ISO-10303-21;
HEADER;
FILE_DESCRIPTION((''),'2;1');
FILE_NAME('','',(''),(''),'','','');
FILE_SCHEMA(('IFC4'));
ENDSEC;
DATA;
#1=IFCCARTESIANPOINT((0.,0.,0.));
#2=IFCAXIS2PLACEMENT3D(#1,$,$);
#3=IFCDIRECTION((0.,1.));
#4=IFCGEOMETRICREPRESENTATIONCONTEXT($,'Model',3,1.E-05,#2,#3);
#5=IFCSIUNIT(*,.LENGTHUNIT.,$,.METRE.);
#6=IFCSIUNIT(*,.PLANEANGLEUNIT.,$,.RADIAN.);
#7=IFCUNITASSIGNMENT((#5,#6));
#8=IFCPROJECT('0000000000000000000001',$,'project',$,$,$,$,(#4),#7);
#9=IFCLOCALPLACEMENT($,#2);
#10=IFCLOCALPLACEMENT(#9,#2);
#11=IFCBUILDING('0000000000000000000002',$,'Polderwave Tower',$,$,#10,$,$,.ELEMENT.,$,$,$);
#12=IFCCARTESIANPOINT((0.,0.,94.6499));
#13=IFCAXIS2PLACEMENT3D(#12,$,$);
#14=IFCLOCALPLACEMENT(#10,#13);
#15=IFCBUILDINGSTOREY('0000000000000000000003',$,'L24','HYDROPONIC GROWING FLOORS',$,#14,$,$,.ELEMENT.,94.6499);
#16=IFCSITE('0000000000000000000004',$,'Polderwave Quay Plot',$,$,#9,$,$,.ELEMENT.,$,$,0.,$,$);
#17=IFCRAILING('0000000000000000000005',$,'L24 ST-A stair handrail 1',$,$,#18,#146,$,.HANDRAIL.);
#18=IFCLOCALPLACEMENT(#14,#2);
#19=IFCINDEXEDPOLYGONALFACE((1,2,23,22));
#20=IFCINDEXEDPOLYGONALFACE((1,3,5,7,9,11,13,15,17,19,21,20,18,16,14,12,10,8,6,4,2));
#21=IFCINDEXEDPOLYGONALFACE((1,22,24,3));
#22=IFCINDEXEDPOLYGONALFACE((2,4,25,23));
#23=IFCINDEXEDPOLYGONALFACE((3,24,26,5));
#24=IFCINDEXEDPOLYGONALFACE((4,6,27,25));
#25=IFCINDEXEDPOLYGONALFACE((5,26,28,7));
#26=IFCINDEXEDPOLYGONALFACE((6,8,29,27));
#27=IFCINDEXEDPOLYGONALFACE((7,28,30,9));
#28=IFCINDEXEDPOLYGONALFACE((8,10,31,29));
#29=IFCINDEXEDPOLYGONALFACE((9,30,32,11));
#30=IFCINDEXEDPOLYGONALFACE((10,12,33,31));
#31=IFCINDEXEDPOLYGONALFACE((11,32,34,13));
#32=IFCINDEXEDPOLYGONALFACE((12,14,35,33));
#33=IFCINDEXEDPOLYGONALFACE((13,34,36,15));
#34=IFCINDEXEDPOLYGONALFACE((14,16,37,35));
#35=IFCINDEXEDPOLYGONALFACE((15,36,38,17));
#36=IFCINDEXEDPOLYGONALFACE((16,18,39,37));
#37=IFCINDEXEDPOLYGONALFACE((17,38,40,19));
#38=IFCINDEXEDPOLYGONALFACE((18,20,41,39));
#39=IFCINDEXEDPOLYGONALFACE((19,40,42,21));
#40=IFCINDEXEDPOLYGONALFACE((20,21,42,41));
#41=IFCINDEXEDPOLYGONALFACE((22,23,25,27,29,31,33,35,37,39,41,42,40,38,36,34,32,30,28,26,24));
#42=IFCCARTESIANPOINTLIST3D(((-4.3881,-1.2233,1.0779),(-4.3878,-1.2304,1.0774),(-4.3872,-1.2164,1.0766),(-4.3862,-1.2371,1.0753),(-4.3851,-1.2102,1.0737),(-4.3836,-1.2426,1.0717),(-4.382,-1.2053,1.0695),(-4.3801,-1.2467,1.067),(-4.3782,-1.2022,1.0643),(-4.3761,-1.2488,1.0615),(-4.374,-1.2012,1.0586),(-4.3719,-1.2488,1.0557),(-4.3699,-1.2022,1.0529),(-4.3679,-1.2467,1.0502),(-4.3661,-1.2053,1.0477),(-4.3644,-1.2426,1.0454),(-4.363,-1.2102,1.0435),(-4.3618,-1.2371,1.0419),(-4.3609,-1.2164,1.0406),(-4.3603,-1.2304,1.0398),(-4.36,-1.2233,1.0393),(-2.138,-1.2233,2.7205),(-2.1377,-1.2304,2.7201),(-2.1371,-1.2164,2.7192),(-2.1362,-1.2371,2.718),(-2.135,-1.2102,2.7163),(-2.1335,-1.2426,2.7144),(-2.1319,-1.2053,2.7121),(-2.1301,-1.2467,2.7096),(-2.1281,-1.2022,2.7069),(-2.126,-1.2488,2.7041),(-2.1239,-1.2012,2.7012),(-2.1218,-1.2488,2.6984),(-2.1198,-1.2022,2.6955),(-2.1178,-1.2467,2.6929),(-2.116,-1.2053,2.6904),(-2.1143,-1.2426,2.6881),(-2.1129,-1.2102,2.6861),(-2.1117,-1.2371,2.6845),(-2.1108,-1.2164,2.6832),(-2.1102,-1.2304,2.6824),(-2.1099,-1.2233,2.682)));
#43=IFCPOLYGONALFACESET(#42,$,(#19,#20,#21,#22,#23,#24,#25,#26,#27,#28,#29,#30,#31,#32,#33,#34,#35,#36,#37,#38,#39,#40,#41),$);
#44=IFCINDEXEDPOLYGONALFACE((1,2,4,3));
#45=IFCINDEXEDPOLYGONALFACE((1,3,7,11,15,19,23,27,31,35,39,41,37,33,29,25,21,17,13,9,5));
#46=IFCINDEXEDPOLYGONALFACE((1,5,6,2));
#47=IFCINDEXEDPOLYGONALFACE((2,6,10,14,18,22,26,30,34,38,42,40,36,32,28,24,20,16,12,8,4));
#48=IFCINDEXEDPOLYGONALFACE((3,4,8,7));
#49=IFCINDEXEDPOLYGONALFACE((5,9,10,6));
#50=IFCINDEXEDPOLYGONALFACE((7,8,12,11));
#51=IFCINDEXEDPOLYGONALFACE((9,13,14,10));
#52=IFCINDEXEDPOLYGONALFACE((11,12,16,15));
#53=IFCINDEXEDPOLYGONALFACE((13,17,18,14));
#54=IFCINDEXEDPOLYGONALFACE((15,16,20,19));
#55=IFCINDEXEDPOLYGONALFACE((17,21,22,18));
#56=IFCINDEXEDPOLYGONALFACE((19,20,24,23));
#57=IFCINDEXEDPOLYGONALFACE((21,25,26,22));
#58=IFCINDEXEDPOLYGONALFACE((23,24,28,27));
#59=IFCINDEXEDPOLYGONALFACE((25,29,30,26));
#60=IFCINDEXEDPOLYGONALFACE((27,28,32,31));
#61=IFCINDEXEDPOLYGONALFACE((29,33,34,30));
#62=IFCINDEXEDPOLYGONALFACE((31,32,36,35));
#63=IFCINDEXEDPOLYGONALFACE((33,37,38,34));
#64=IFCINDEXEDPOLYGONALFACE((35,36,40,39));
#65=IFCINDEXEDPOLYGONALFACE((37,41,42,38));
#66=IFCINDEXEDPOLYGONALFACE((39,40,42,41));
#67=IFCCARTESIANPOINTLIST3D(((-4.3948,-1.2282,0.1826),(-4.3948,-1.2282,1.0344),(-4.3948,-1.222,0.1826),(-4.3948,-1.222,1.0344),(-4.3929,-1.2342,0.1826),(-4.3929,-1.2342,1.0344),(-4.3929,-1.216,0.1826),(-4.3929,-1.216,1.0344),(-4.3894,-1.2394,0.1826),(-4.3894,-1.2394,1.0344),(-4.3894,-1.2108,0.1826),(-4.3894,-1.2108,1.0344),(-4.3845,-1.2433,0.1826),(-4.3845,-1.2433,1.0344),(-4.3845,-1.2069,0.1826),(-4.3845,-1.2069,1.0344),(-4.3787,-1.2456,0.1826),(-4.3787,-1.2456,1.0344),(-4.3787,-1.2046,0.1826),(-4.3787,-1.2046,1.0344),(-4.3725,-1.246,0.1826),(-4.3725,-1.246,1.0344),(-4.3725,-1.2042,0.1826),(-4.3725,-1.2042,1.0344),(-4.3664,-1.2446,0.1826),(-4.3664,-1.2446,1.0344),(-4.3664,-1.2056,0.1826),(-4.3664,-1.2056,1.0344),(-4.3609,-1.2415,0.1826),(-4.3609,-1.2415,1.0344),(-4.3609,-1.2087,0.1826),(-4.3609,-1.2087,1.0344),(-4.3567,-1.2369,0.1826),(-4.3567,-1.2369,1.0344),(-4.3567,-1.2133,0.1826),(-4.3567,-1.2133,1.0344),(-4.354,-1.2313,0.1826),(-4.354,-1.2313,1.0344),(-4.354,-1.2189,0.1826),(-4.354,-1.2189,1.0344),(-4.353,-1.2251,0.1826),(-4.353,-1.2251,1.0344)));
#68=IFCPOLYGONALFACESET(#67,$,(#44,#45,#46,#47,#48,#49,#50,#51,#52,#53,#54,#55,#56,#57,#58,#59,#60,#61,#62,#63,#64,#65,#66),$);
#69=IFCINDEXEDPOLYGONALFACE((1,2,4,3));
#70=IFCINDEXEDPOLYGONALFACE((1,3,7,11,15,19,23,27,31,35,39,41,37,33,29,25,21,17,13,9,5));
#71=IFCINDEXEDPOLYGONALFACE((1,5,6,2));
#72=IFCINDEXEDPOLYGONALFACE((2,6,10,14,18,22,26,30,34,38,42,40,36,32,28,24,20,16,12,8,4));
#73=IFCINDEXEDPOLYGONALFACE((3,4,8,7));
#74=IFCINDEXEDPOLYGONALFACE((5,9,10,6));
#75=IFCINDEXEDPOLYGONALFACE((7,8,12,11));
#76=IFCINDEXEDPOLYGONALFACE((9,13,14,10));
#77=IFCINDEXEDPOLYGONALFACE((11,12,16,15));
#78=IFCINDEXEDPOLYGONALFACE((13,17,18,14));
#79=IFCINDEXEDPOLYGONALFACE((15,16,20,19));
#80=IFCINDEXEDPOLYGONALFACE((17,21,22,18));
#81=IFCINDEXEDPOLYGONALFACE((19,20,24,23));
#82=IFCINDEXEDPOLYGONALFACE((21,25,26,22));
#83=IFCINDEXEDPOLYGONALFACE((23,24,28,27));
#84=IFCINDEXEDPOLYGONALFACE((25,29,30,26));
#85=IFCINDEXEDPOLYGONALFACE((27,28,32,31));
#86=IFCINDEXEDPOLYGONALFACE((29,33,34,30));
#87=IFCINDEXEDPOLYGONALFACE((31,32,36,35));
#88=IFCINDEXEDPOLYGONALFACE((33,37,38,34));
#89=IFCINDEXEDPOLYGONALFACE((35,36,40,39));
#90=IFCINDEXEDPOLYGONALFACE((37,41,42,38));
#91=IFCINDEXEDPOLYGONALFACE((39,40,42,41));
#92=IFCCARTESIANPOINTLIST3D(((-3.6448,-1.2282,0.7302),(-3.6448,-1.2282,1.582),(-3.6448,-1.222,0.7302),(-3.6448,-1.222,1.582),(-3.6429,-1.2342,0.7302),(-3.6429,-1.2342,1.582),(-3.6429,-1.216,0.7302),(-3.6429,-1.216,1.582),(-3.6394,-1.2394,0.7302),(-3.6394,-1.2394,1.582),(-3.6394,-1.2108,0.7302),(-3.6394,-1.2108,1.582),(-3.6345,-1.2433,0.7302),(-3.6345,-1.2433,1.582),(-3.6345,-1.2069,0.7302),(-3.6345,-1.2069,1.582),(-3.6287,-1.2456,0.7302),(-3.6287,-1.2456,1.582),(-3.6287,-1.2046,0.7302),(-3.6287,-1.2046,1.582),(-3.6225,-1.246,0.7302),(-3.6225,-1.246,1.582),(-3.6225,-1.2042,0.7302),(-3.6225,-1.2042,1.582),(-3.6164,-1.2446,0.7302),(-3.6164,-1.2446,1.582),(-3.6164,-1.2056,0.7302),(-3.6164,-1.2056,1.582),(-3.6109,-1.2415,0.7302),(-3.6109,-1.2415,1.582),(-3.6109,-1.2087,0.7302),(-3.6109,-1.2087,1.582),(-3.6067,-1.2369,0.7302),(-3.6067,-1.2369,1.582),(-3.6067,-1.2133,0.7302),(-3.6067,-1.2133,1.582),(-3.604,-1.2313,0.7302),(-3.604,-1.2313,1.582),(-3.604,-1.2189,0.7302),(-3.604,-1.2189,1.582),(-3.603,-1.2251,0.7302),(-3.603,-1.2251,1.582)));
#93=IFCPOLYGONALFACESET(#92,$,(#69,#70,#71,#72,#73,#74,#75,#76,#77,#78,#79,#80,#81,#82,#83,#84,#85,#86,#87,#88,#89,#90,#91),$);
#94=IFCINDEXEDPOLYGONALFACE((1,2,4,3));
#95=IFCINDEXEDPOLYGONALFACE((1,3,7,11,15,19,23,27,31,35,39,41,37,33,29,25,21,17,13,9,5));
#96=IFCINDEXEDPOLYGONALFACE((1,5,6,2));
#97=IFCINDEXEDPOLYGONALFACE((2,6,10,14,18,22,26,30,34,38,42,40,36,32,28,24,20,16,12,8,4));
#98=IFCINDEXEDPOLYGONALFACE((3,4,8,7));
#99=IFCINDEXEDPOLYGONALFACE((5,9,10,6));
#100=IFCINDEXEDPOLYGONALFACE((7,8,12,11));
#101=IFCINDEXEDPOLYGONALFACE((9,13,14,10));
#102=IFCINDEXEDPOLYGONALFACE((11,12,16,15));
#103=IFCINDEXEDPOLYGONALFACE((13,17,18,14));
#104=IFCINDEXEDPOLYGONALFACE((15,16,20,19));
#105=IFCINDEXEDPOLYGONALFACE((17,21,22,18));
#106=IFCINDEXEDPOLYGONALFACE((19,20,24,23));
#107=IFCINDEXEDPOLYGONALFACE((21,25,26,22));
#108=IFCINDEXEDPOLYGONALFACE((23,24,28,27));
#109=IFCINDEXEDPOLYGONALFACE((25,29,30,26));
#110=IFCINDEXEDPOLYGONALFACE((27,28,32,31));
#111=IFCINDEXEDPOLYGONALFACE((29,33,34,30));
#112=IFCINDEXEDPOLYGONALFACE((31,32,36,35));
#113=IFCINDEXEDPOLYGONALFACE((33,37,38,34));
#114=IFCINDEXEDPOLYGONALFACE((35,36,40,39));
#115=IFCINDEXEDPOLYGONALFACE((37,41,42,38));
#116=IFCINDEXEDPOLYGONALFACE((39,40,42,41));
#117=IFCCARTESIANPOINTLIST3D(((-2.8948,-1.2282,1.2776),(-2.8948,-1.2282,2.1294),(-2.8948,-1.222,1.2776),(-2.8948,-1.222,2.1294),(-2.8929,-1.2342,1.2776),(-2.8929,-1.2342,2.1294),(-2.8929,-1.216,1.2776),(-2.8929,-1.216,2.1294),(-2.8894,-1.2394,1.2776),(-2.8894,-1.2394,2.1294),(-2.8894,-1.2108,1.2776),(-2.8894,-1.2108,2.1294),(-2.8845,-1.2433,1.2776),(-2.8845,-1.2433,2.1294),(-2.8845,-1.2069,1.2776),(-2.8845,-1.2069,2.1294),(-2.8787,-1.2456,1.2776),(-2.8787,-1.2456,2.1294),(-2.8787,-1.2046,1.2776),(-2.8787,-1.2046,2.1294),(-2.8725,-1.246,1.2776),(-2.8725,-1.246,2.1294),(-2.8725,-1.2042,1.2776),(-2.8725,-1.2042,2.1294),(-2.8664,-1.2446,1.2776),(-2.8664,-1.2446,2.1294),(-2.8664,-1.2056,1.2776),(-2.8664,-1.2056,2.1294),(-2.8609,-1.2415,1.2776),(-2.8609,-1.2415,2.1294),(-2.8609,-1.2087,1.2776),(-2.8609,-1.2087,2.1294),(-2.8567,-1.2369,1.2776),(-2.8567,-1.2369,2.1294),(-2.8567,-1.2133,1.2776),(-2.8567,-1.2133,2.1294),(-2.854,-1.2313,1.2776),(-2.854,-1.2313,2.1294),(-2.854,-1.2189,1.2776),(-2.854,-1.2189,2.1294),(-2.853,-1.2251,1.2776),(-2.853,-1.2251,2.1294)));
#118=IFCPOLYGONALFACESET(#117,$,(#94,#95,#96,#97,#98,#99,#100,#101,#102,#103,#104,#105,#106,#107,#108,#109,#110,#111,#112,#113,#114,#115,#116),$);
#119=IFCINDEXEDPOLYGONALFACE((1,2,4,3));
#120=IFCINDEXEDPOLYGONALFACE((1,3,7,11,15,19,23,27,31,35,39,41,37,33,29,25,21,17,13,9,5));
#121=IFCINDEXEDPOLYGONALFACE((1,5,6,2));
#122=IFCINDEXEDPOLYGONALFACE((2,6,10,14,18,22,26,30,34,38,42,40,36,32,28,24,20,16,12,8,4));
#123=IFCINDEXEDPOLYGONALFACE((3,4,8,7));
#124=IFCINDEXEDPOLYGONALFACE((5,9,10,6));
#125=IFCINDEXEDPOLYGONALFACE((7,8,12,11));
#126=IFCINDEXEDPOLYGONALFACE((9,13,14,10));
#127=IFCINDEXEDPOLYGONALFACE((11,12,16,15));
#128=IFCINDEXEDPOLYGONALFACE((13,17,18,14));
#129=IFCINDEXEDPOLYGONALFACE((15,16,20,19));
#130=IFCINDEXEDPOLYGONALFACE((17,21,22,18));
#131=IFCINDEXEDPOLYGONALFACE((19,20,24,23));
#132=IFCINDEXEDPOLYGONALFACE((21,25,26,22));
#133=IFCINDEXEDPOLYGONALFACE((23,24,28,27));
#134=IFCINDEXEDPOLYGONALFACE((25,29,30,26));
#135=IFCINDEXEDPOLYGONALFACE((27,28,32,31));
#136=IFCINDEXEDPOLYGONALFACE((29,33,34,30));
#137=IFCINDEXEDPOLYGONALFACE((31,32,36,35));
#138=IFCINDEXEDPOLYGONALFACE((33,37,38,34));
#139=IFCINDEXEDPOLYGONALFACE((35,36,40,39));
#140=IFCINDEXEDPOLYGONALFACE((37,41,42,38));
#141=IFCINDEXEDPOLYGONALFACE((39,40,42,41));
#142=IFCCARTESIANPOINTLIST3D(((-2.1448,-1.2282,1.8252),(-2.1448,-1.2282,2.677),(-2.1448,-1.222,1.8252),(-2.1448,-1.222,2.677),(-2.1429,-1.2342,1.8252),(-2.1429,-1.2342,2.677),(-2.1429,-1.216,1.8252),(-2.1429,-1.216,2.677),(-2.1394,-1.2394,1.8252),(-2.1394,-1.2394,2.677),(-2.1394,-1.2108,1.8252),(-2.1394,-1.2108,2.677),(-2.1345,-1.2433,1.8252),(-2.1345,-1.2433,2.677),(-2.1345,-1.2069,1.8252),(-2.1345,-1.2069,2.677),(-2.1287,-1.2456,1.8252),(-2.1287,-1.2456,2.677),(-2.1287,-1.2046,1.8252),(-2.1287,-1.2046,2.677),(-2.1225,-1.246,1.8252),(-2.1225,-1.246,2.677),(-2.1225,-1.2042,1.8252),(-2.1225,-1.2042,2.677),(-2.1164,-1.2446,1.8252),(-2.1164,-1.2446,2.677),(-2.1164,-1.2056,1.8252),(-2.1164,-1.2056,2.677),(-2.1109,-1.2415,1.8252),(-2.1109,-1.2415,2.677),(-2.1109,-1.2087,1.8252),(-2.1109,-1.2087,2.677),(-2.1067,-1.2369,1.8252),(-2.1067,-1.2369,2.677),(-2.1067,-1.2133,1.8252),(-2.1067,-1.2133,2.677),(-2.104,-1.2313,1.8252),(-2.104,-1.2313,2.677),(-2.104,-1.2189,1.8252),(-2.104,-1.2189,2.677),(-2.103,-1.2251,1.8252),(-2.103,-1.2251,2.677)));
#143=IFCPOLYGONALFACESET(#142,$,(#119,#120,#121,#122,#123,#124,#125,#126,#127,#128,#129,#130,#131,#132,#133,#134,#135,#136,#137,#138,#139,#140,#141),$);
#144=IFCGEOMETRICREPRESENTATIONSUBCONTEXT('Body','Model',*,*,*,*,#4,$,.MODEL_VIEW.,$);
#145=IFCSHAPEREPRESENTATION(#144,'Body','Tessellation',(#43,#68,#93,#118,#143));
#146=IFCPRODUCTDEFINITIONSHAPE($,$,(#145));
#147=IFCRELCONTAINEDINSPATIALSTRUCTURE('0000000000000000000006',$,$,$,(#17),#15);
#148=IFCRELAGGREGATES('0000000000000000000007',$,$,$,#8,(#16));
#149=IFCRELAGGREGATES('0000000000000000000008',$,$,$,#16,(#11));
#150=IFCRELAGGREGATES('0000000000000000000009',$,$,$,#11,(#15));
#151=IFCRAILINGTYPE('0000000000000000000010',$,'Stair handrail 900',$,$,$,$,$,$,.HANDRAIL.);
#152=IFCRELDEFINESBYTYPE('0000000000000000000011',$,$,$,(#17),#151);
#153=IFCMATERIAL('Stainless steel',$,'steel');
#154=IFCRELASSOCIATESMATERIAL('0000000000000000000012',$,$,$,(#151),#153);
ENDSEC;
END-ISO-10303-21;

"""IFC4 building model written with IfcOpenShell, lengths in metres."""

from ifc_helpers import new_model, si_unit, direction, frame, origin, origin_2d, place, context, subcontext, project, spatial, circle, extrude, material, type_object, element, save


model = new_model("IFC4")

# Units and contexts
model_context = context("Model", 3, precision=1e-05, world=origin(), true_north=direction((0.0, 1.0)))
body_context = subcontext(model_context, "Body", "Model", "MODEL_VIEW")
ifc_project = project(units=[si_unit("LENGTHUNIT", "METRE"), si_unit("PLANEANGLEUNIT", "RADIAN")], contexts=[model_context])

# Site, building, storey
site_placement = place(None, origin())
site = spatial("IfcSite", under=ifc_project, at=site_placement, Name="Polderwave Quay Plot", CompositionType="ELEMENT", RefElevation=0.0)
building_placement = place(site_placement, origin())
building = spatial("IfcBuilding", under=site, at=building_placement, Name="Polderwave Tower", CompositionType="ELEMENT")
storey_placement = place(building_placement, frame((0.0, 0.0, 94.6499)))
storey = spatial("IfcBuildingStorey", under=building, at=storey_placement, Name="L24", Description="HYDROPONIC GROWING FLOORS", CompositionType="ELEMENT", Elevation=94.6499)

# Railing
ifc_material_1 = material(Name="Stainless steel", Category="steel")
railing_type_1 = type_object("IfcRailingType", Name="Stair handrail 900", PredefinedType="HANDRAIL", material=ifc_material_1)
railing_1_placement = place(storey_placement, frame((-4.374, -1.2251, 0.1826)))
element("IfcRailing", 1, at=railing_1_placement, inside=storey, type_object=railing_type_1, Name="L24 ST-A stair handrail 1", PredefinedType="HANDRAIL", context=body_context, shape_type="SweptSolid", body=[
    extrude(circle(Radius=0.0239, at=origin_2d()), frame((0.0, 0.0, 0.876), z_axis=(0.807674, 0.0, 0.58963), x_axis=(0.0, 1.0, 0.0)), (0.0, 0.0, 1.0), 2.7859),
    extrude(circle(Radius=0.021, at=origin_2d()), origin(), (0.0, 0.0, 1.0), 0.8518),
    extrude(circle(Radius=0.021, at=origin_2d()), frame((0.75, 0.0, 0.5476)), (0.0, 0.0, 1.0), 0.8518),
    extrude(circle(Radius=0.021, at=origin_2d()), frame((1.5, 0.0, 1.095)), (0.0, 0.0, 1.0), 0.8518),
    extrude(circle(Radius=0.021, at=origin_2d()), frame((2.25, 0.0, 1.6426)), (0.0, 0.0, 1.0), 0.8518),
])

save(model, "model.ifc")
